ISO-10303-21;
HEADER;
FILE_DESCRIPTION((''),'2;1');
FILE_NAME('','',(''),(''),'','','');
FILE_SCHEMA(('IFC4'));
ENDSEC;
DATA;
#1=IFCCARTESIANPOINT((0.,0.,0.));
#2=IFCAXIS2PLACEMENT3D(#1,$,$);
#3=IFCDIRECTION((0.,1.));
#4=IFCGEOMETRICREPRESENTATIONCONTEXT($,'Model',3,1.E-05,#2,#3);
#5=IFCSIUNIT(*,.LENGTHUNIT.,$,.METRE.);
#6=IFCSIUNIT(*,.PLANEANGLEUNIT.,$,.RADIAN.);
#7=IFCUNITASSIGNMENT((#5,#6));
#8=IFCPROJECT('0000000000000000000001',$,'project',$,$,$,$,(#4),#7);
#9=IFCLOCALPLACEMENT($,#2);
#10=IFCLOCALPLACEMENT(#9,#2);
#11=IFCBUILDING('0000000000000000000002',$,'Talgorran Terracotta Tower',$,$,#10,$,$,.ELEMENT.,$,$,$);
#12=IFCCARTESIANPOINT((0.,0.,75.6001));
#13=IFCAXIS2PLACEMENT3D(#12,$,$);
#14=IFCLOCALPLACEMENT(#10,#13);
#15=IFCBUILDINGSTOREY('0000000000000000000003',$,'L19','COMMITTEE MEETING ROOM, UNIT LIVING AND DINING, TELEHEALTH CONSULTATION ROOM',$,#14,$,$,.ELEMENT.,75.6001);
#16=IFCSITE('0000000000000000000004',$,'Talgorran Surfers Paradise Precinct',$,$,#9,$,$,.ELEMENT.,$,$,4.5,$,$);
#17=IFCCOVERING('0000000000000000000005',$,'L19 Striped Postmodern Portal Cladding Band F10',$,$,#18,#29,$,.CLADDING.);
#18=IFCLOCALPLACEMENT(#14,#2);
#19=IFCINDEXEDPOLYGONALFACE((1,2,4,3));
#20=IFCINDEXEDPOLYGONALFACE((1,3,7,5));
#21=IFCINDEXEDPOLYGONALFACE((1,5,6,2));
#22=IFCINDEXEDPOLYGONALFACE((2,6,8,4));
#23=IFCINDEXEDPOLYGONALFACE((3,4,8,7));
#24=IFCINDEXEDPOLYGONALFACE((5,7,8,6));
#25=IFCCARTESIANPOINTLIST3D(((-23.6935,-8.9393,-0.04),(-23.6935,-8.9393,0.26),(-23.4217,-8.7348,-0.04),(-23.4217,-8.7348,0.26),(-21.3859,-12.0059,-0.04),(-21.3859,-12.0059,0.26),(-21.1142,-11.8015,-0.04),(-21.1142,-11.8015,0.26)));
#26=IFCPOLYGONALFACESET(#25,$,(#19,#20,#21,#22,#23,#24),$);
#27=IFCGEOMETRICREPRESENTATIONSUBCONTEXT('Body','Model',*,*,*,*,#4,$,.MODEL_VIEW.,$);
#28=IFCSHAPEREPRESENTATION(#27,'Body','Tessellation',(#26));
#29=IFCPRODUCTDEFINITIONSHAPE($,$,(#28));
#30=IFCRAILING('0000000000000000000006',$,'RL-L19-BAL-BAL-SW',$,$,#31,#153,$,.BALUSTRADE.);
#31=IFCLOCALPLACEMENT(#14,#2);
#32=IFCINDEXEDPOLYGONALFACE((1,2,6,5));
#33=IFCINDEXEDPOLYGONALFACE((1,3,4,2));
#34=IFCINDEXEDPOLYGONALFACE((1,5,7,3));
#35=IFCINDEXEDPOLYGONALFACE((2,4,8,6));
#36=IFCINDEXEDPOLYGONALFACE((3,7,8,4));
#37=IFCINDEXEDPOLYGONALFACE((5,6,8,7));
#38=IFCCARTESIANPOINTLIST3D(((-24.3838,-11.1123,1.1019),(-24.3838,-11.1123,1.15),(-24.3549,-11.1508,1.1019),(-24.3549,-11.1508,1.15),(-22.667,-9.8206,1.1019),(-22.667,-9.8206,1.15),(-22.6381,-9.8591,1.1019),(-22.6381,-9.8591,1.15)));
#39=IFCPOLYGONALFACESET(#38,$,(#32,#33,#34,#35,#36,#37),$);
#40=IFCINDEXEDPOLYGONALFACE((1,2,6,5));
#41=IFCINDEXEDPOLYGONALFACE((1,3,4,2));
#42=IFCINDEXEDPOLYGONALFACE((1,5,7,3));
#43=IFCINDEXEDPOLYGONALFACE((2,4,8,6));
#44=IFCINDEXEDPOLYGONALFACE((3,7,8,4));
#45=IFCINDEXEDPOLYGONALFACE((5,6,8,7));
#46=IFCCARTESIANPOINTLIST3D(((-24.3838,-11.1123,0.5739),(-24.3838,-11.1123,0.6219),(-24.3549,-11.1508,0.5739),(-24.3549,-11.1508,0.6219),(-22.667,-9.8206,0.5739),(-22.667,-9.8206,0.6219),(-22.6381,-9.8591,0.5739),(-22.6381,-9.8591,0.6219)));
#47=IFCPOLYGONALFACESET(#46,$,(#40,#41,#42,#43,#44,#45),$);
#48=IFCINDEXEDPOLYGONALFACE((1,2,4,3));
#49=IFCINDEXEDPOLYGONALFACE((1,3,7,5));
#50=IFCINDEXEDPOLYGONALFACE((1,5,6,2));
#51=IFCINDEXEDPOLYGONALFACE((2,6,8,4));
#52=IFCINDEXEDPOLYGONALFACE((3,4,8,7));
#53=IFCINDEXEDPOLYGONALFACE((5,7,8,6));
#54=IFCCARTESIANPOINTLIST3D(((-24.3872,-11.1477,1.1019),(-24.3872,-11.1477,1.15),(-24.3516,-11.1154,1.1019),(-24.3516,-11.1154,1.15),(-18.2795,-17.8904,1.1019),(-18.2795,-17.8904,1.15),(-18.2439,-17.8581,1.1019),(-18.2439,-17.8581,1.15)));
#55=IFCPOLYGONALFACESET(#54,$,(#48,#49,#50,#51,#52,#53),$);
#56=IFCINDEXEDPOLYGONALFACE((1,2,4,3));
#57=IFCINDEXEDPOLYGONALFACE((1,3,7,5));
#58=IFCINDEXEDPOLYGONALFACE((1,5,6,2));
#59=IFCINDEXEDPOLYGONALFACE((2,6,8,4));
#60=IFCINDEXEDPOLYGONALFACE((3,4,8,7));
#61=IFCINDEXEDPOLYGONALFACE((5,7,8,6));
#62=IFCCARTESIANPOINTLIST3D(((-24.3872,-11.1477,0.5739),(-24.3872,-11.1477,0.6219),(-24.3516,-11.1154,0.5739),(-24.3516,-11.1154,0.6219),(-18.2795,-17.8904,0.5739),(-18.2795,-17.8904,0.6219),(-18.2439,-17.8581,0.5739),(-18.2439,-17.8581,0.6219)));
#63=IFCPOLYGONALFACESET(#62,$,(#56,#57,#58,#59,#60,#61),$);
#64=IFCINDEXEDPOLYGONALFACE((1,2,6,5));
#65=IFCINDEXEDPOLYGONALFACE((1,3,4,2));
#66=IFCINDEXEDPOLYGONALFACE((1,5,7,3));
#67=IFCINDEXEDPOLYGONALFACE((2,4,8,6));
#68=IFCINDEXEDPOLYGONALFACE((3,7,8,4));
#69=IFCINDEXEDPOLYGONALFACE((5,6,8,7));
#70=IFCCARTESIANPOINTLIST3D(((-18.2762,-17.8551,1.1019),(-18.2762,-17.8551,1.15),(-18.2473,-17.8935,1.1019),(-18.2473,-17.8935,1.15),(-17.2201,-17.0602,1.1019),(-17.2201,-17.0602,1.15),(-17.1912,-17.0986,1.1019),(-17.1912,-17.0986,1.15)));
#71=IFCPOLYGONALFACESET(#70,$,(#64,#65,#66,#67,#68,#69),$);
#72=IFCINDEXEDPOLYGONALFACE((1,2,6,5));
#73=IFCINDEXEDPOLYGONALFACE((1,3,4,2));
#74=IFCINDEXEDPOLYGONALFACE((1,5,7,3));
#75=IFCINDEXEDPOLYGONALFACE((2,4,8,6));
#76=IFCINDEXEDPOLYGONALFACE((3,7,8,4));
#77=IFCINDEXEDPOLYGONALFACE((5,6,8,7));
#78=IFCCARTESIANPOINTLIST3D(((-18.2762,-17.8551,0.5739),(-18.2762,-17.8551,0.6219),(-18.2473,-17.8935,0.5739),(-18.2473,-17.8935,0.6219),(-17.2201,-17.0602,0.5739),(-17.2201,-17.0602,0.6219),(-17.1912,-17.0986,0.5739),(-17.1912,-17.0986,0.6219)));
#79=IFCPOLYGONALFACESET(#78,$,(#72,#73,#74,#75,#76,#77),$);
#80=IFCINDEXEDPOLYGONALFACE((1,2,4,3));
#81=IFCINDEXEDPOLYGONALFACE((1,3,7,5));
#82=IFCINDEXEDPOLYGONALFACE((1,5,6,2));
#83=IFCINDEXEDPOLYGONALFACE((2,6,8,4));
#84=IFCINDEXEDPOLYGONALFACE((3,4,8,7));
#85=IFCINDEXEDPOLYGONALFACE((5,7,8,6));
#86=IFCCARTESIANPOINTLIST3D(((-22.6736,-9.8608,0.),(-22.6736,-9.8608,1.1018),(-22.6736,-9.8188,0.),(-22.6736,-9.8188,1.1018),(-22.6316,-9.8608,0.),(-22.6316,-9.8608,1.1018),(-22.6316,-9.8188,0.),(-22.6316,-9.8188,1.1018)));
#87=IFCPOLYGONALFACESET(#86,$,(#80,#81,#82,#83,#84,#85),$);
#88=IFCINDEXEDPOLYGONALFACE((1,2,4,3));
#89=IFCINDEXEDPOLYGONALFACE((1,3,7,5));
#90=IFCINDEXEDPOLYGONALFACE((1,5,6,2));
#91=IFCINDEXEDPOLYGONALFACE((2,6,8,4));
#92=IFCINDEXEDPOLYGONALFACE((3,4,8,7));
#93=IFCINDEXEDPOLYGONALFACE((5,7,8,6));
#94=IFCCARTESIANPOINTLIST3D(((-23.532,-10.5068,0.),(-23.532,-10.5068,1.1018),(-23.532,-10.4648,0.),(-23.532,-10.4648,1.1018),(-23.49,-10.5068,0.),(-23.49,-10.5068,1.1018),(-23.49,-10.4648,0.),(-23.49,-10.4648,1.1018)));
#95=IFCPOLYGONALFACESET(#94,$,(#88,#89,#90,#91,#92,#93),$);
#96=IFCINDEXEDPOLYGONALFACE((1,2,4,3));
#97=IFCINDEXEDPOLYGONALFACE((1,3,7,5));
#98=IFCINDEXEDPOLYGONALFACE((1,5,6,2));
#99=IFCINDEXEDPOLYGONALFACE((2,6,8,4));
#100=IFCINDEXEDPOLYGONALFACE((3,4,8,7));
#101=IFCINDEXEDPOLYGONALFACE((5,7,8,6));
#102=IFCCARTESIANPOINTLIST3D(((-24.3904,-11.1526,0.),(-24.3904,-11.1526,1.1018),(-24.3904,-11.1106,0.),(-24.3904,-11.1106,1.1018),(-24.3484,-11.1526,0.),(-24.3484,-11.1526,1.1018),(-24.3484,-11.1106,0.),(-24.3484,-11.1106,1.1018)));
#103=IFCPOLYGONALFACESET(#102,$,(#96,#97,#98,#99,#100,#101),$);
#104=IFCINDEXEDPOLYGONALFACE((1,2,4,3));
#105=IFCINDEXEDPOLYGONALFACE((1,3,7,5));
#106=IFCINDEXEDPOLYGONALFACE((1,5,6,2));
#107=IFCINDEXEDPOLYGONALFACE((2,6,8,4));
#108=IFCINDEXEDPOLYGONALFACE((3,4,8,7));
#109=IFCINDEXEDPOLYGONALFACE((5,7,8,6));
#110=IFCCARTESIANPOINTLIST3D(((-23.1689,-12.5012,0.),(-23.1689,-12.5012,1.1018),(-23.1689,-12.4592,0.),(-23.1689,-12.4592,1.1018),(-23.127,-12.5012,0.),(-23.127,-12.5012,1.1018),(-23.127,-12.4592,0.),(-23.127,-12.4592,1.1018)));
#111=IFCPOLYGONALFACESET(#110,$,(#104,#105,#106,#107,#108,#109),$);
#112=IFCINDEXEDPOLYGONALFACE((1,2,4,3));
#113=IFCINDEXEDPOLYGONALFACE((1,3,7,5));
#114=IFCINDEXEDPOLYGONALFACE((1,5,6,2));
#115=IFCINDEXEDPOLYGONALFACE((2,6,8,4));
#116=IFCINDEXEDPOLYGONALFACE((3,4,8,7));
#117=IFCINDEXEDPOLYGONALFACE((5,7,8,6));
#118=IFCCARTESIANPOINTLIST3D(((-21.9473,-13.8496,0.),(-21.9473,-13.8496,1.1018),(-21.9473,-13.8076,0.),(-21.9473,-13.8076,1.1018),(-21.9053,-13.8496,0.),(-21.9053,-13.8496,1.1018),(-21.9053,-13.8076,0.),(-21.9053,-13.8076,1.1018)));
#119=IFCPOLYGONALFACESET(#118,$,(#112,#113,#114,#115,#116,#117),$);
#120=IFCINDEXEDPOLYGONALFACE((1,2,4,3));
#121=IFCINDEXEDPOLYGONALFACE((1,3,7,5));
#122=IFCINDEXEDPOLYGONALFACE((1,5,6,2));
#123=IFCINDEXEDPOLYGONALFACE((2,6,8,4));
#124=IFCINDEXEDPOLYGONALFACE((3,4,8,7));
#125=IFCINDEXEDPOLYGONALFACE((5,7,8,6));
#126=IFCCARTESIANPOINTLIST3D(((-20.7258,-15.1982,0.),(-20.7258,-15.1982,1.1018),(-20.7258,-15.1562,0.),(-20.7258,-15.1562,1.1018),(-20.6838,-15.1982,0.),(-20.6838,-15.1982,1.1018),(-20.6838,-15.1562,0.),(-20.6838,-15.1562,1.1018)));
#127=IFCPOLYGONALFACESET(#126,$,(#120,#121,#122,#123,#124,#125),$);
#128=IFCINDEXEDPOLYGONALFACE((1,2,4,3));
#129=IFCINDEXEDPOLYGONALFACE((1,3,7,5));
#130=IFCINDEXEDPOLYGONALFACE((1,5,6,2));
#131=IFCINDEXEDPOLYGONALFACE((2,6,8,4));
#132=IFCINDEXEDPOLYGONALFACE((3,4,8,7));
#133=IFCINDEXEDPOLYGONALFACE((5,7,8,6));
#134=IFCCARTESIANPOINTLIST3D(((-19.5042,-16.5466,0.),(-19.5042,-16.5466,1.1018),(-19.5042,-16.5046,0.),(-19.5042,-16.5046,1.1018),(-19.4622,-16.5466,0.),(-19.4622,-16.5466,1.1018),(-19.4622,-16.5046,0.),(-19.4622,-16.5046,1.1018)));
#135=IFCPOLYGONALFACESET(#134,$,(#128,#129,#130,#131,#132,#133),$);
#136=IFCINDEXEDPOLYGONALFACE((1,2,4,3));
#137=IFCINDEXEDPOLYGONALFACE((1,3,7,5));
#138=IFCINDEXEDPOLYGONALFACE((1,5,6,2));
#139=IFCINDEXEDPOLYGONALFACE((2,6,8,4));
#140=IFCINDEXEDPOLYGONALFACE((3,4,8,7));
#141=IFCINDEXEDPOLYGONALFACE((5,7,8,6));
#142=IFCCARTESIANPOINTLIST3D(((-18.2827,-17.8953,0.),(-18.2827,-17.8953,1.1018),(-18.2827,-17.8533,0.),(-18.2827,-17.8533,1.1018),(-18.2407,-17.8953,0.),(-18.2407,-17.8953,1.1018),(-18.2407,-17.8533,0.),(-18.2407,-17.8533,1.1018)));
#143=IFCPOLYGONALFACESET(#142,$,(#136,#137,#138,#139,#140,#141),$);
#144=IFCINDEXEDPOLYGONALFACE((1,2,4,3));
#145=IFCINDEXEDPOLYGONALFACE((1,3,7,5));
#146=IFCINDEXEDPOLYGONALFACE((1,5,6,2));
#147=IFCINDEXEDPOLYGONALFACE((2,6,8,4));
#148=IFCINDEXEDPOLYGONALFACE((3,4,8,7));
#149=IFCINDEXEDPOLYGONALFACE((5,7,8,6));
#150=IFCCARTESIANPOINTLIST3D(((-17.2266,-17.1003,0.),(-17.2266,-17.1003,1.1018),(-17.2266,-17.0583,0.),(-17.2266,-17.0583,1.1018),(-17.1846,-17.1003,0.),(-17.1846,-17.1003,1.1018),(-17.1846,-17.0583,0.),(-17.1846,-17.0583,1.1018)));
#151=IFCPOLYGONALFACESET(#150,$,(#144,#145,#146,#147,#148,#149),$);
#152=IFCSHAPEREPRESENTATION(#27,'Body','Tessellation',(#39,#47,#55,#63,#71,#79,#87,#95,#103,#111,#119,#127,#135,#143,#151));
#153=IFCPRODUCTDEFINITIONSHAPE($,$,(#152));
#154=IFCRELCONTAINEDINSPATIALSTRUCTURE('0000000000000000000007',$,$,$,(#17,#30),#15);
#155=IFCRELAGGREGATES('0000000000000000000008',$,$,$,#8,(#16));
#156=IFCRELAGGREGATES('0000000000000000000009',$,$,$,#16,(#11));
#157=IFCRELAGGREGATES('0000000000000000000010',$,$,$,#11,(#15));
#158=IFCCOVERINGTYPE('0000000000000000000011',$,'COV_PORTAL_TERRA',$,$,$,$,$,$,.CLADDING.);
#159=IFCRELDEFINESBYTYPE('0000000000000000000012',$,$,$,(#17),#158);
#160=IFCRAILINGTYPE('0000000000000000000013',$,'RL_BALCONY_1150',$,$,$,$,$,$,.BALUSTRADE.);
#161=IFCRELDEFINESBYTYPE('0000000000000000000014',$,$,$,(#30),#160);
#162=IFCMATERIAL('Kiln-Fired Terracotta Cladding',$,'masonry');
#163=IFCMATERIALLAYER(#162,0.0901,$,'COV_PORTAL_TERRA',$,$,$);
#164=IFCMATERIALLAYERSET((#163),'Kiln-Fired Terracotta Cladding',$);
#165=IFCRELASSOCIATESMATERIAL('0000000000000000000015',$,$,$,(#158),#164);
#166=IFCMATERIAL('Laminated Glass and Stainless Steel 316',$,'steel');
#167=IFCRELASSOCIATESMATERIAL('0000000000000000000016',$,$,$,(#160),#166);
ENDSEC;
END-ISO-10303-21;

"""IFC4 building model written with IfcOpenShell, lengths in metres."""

from ifc_helpers import new_model, si_unit, direction, frame, origin, origin_2d, place, context, subcontext, project, spatial, rectangle, extrude, material, layer, layer_set, type_object, element, save


model = new_model("IFC4")

# Units and contexts
model_context = context("Model", 3, precision=1e-05, world=origin(), true_north=direction((0.0, 1.0)))
body_context = subcontext(model_context, "Body", "Model", "MODEL_VIEW")
ifc_project = project(units=[si_unit("LENGTHUNIT", "METRE"), si_unit("PLANEANGLEUNIT", "RADIAN")], contexts=[model_context])

# Site, building, storey
site_placement = place(None, origin())
site = spatial("IfcSite", under=ifc_project, at=site_placement, Name="Talgorran Surfers Paradise Precinct", CompositionType="ELEMENT", RefElevation=4.5)
building_placement = place(site_placement, origin())
building = spatial("IfcBuilding", under=site, at=building_placement, Name="Talgorran Terracotta Tower", CompositionType="ELEMENT")
storey_placement = place(building_placement, frame((0.0, 0.0, 75.6001)))
storey = spatial("IfcBuildingStorey", under=building, at=storey_placement, Name="L19", Description="COMMITTEE MEETING ROOM, UNIT LIVING AND DINING, TELEHEALTH CONSULTATION ROOM", CompositionType="ELEMENT", Elevation=75.6001)

# Covering
ifc_material_1 = material(Name="Kiln-Fired Terracotta Cladding", Category="masonry")
ifc_layer_1 = layer(ifc_material_1, 0.0901, Name="COV_PORTAL_TERRA")
ifc_layer_set_1 = layer_set([ifc_layer_1], Name="Kiln-Fired Terracotta Cladding")
covering_type_1 = type_object("IfcCoveringType", Name="COV_PORTAL_TERRA", PredefinedType="CLADDING", material=ifc_layer_set_1)
covering_1_placement = place(storey_placement, frame((-22.4038, -10.3704, -0.04), z_axis=(0.0, 0.0, 1.0), x_axis=(0.601257, -0.799055, 0.0)))
element("IfcCovering", 1, at=covering_1_placement, inside=storey, type_object=covering_type_1, Name="L19 Striped Postmodern Portal Cladding Band F10", PredefinedType="CLADDING", context=body_context, shape_type="SweptSolid", body=[
    extrude(rectangle(XDim=3.8379, YDim=0.3401, at=origin_2d()), origin(), (0.0, 0.0, 1.0), 0.3),
])

# Railing
ifc_material_2 = material(Name="Laminated Glass and Stainless Steel 316", Category="steel")
railing_type = type_object("IfcRailingType", Name="RL_BALCONY_1150", PredefinedType="BALUSTRADE", material=ifc_material_2)
railing_placement = place(storey_placement, frame((-22.6526, -9.8398, 0.0)))
element("IfcRailing", 2, at=railing_placement, inside=storey, type_object=railing_type, Name="RL-L19-BAL-BAL-SW", PredefinedType="BALUSTRADE", context=body_context, shape_type="SweptSolid", body=[
    extrude(rectangle(XDim=0.0481, YDim=0.0481, at=origin_2d()), frame((0.0, 0.0, 1.126), z_axis=(-0.799072, -0.601236, 0.0), x_axis=(0.601236, -0.799072, 0.0)), (0.0, 0.0, 1.0), 2.1484),
    extrude(rectangle(XDim=0.0481, YDim=0.0481, at=origin_2d()), frame((0.0, 0.0, 0.5979), z_axis=(-0.799072, -0.601236, 0.0), x_axis=(0.601236, -0.799072, 0.0)), (0.0, 0.0, 1.0), 2.1484),
    extrude(rectangle(XDim=0.0481, YDim=0.0481, at=origin_2d()), frame((-1.7168, -1.2917, 1.126), z_axis=(0.671345, -0.741145, 0.0), x_axis=(0.741145, 0.671345, 0.0)), (0.0, 0.0, 1.0), 9.0977),
    extrude(rectangle(XDim=0.0481, YDim=0.0481, at=origin_2d()), frame((-1.7168, -1.2917, 0.5979), z_axis=(0.671345, -0.741145, 0.0), x_axis=(0.741145, 0.671345, 0.0)), (0.0, 0.0, 1.0), 9.0977),
    extrude(rectangle(XDim=0.0481, YDim=0.0481, at=origin_2d()), frame((4.3909, -8.0344, 1.126), z_axis=(0.798979, 0.601358, 0.0), x_axis=(-0.601358, 0.798979, 0.0)), (0.0, 0.0, 1.0), 1.3218),
    extrude(rectangle(XDim=0.0481, YDim=0.0481, at=origin_2d()), frame((4.3909, -8.0344, 0.5979), z_axis=(0.798979, 0.601358, 0.0), x_axis=(-0.601358, 0.798979, 0.0)), (0.0, 0.0, 1.0), 1.3218),
    extrude(rectangle(XDim=0.042, YDim=0.042, at=origin_2d()), origin(), (0.0, 0.0, 1.0), 1.1018),
    extrude(rectangle(XDim=0.042, YDim=0.042, at=origin_2d()), frame((-0.8584, -0.646, 0.0)), (0.0, 0.0, 1.0), 1.1018),
    extrude(rectangle(XDim=0.042, YDim=0.042, at=origin_2d()), frame((-1.7168, -1.2917, 0.0)), (0.0, 0.0, 1.0), 1.1018),
    extrude(rectangle(XDim=0.042, YDim=0.042, at=origin_2d()), frame((-0.4954, -2.6404, 0.0)), (0.0, 0.0, 1.0), 1.1018),
    extrude(rectangle(XDim=0.042, YDim=0.042, at=origin_2d()), frame((0.7263, -3.9888, 0.0)), (0.0, 0.0, 1.0), 1.1018),
    extrude(rectangle(XDim=0.042, YDim=0.042, at=origin_2d()), frame((1.9478, -5.3374, 0.0)), (0.0, 0.0, 1.0), 1.1018),
    extrude(rectangle(XDim=0.042, YDim=0.042, at=origin_2d()), frame((3.1694, -6.6858, 0.0)), (0.0, 0.0, 1.0), 1.1018),
    extrude(rectangle(XDim=0.042, YDim=0.042, at=origin_2d()), frame((4.3909, -8.0344, 0.0)), (0.0, 0.0, 1.0), 1.1018),
    extrude(rectangle(XDim=0.042, YDim=0.042, at=origin_2d()), frame((5.447, -7.2395, 0.0)), (0.0, 0.0, 1.0), 1.1018),
])

save(model, "model.ifc")
